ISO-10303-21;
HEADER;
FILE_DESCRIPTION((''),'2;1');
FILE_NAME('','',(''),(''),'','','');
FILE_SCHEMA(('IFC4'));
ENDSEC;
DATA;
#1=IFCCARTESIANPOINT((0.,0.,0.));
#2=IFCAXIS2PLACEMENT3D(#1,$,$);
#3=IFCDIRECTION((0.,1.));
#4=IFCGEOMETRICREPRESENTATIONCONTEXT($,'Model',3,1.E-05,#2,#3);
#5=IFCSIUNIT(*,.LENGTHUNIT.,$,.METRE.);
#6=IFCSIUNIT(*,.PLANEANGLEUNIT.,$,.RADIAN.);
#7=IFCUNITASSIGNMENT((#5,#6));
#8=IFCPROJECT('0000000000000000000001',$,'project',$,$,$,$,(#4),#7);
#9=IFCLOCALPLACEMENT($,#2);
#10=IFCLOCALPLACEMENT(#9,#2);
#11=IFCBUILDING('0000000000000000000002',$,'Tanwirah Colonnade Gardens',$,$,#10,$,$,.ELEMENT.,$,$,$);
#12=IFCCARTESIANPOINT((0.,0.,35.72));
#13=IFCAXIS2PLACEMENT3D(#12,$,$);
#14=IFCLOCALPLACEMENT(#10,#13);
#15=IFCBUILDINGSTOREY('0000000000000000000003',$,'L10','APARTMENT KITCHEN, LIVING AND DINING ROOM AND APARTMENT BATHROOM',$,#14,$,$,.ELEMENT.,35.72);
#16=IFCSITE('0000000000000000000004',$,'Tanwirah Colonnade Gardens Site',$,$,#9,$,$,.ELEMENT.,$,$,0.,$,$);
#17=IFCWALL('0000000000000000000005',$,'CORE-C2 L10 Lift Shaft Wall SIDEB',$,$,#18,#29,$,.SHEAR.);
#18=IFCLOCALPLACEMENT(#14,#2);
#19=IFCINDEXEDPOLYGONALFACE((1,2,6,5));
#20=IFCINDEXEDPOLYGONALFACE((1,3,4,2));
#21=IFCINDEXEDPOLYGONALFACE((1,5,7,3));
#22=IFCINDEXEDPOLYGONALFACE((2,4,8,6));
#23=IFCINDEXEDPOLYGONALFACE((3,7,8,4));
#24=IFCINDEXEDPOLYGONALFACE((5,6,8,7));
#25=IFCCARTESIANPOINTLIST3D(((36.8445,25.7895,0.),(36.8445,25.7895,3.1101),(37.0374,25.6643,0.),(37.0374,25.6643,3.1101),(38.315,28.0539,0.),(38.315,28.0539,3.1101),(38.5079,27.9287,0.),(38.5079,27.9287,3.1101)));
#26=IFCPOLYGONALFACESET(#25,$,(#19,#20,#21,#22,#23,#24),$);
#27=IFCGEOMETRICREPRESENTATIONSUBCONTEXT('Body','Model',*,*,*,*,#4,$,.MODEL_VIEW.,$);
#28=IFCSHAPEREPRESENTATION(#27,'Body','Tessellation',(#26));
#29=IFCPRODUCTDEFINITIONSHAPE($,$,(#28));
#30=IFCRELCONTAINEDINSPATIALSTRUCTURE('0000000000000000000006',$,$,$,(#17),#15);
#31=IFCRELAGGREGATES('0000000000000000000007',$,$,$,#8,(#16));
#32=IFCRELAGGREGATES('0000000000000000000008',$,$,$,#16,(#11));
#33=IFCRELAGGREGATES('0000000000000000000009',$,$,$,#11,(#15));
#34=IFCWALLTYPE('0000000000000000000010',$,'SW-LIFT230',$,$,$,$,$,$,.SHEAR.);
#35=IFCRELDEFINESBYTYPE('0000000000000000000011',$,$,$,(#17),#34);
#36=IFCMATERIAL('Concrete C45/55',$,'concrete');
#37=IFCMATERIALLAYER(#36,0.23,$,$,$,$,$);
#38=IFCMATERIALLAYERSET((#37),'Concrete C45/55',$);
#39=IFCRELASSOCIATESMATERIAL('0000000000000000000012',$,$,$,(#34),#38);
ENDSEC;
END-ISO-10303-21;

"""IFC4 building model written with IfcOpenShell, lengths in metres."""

from ifc_helpers import new_model, si_unit, direction, frame, frame_2d, origin, place, context, subcontext, project, spatial, rectangle, extrude, material, layer, layer_set, type_object, element, save


model = new_model("IFC4")

# Units and contexts
model_context = context("Model", 3, precision=1e-05, world=origin(), true_north=direction((0.0, 1.0)))
body_context = subcontext(model_context, "Body", "Model", "MODEL_VIEW")
ifc_project = project(units=[si_unit("LENGTHUNIT", "METRE"), si_unit("PLANEANGLEUNIT", "RADIAN")], contexts=[model_context])

# Site, building, storey
site_placement = place(None, origin())
site = spatial("IfcSite", under=ifc_project, at=site_placement, Name="Tanwirah Colonnade Gardens Site", CompositionType="ELEMENT", RefElevation=0.0)
building_placement = place(site_placement, origin())
building = spatial("IfcBuilding", under=site, at=building_placement, Name="Tanwirah Colonnade Gardens", CompositionType="ELEMENT")
storey_placement = place(building_placement, frame((0.0, 0.0, 35.72)))
storey = spatial("IfcBuildingStorey", under=building, at=storey_placement, Name="L10", Description="APARTMENT KITCHEN, LIVING AND DINING ROOM AND APARTMENT BATHROOM", CompositionType="ELEMENT", Elevation=35.72)

# Shared definitions
ifc_material_1 = material(Name="Concrete C45/55", Category="concrete")
ifc_layer_1 = layer(ifc_material_1, 0.23)
ifc_layer_set_1 = layer_set([ifc_layer_1], Name="Concrete C45/55")
wall_type_1 = type_object("IfcWallType", Name="SW-LIFT230", PredefinedType="SHEAR", material=ifc_layer_set_1)

# Wall
wall_1_placement = place(storey_placement, frame((36.9409, 25.7268, 0.0), z_axis=(0.0, 0.0, 1.0), x_axis=(0.544623, 0.838681, 0.0)))
element("IfcWall", 1, at=wall_1_placement, inside=storey, type_object=wall_type_1, Name="CORE-C2 L10 Lift Shaft Wall SIDEB", PredefinedType="SHEAR", context=body_context, shape_type="SweptSolid", body=[
    extrude(rectangle(XDim=2.7, YDim=0.23, at=frame_2d((1.3501, 0.0))), origin(), (0.0, 0.0, 1.0), 3.1101),
])

save(model, "model.ifc")
